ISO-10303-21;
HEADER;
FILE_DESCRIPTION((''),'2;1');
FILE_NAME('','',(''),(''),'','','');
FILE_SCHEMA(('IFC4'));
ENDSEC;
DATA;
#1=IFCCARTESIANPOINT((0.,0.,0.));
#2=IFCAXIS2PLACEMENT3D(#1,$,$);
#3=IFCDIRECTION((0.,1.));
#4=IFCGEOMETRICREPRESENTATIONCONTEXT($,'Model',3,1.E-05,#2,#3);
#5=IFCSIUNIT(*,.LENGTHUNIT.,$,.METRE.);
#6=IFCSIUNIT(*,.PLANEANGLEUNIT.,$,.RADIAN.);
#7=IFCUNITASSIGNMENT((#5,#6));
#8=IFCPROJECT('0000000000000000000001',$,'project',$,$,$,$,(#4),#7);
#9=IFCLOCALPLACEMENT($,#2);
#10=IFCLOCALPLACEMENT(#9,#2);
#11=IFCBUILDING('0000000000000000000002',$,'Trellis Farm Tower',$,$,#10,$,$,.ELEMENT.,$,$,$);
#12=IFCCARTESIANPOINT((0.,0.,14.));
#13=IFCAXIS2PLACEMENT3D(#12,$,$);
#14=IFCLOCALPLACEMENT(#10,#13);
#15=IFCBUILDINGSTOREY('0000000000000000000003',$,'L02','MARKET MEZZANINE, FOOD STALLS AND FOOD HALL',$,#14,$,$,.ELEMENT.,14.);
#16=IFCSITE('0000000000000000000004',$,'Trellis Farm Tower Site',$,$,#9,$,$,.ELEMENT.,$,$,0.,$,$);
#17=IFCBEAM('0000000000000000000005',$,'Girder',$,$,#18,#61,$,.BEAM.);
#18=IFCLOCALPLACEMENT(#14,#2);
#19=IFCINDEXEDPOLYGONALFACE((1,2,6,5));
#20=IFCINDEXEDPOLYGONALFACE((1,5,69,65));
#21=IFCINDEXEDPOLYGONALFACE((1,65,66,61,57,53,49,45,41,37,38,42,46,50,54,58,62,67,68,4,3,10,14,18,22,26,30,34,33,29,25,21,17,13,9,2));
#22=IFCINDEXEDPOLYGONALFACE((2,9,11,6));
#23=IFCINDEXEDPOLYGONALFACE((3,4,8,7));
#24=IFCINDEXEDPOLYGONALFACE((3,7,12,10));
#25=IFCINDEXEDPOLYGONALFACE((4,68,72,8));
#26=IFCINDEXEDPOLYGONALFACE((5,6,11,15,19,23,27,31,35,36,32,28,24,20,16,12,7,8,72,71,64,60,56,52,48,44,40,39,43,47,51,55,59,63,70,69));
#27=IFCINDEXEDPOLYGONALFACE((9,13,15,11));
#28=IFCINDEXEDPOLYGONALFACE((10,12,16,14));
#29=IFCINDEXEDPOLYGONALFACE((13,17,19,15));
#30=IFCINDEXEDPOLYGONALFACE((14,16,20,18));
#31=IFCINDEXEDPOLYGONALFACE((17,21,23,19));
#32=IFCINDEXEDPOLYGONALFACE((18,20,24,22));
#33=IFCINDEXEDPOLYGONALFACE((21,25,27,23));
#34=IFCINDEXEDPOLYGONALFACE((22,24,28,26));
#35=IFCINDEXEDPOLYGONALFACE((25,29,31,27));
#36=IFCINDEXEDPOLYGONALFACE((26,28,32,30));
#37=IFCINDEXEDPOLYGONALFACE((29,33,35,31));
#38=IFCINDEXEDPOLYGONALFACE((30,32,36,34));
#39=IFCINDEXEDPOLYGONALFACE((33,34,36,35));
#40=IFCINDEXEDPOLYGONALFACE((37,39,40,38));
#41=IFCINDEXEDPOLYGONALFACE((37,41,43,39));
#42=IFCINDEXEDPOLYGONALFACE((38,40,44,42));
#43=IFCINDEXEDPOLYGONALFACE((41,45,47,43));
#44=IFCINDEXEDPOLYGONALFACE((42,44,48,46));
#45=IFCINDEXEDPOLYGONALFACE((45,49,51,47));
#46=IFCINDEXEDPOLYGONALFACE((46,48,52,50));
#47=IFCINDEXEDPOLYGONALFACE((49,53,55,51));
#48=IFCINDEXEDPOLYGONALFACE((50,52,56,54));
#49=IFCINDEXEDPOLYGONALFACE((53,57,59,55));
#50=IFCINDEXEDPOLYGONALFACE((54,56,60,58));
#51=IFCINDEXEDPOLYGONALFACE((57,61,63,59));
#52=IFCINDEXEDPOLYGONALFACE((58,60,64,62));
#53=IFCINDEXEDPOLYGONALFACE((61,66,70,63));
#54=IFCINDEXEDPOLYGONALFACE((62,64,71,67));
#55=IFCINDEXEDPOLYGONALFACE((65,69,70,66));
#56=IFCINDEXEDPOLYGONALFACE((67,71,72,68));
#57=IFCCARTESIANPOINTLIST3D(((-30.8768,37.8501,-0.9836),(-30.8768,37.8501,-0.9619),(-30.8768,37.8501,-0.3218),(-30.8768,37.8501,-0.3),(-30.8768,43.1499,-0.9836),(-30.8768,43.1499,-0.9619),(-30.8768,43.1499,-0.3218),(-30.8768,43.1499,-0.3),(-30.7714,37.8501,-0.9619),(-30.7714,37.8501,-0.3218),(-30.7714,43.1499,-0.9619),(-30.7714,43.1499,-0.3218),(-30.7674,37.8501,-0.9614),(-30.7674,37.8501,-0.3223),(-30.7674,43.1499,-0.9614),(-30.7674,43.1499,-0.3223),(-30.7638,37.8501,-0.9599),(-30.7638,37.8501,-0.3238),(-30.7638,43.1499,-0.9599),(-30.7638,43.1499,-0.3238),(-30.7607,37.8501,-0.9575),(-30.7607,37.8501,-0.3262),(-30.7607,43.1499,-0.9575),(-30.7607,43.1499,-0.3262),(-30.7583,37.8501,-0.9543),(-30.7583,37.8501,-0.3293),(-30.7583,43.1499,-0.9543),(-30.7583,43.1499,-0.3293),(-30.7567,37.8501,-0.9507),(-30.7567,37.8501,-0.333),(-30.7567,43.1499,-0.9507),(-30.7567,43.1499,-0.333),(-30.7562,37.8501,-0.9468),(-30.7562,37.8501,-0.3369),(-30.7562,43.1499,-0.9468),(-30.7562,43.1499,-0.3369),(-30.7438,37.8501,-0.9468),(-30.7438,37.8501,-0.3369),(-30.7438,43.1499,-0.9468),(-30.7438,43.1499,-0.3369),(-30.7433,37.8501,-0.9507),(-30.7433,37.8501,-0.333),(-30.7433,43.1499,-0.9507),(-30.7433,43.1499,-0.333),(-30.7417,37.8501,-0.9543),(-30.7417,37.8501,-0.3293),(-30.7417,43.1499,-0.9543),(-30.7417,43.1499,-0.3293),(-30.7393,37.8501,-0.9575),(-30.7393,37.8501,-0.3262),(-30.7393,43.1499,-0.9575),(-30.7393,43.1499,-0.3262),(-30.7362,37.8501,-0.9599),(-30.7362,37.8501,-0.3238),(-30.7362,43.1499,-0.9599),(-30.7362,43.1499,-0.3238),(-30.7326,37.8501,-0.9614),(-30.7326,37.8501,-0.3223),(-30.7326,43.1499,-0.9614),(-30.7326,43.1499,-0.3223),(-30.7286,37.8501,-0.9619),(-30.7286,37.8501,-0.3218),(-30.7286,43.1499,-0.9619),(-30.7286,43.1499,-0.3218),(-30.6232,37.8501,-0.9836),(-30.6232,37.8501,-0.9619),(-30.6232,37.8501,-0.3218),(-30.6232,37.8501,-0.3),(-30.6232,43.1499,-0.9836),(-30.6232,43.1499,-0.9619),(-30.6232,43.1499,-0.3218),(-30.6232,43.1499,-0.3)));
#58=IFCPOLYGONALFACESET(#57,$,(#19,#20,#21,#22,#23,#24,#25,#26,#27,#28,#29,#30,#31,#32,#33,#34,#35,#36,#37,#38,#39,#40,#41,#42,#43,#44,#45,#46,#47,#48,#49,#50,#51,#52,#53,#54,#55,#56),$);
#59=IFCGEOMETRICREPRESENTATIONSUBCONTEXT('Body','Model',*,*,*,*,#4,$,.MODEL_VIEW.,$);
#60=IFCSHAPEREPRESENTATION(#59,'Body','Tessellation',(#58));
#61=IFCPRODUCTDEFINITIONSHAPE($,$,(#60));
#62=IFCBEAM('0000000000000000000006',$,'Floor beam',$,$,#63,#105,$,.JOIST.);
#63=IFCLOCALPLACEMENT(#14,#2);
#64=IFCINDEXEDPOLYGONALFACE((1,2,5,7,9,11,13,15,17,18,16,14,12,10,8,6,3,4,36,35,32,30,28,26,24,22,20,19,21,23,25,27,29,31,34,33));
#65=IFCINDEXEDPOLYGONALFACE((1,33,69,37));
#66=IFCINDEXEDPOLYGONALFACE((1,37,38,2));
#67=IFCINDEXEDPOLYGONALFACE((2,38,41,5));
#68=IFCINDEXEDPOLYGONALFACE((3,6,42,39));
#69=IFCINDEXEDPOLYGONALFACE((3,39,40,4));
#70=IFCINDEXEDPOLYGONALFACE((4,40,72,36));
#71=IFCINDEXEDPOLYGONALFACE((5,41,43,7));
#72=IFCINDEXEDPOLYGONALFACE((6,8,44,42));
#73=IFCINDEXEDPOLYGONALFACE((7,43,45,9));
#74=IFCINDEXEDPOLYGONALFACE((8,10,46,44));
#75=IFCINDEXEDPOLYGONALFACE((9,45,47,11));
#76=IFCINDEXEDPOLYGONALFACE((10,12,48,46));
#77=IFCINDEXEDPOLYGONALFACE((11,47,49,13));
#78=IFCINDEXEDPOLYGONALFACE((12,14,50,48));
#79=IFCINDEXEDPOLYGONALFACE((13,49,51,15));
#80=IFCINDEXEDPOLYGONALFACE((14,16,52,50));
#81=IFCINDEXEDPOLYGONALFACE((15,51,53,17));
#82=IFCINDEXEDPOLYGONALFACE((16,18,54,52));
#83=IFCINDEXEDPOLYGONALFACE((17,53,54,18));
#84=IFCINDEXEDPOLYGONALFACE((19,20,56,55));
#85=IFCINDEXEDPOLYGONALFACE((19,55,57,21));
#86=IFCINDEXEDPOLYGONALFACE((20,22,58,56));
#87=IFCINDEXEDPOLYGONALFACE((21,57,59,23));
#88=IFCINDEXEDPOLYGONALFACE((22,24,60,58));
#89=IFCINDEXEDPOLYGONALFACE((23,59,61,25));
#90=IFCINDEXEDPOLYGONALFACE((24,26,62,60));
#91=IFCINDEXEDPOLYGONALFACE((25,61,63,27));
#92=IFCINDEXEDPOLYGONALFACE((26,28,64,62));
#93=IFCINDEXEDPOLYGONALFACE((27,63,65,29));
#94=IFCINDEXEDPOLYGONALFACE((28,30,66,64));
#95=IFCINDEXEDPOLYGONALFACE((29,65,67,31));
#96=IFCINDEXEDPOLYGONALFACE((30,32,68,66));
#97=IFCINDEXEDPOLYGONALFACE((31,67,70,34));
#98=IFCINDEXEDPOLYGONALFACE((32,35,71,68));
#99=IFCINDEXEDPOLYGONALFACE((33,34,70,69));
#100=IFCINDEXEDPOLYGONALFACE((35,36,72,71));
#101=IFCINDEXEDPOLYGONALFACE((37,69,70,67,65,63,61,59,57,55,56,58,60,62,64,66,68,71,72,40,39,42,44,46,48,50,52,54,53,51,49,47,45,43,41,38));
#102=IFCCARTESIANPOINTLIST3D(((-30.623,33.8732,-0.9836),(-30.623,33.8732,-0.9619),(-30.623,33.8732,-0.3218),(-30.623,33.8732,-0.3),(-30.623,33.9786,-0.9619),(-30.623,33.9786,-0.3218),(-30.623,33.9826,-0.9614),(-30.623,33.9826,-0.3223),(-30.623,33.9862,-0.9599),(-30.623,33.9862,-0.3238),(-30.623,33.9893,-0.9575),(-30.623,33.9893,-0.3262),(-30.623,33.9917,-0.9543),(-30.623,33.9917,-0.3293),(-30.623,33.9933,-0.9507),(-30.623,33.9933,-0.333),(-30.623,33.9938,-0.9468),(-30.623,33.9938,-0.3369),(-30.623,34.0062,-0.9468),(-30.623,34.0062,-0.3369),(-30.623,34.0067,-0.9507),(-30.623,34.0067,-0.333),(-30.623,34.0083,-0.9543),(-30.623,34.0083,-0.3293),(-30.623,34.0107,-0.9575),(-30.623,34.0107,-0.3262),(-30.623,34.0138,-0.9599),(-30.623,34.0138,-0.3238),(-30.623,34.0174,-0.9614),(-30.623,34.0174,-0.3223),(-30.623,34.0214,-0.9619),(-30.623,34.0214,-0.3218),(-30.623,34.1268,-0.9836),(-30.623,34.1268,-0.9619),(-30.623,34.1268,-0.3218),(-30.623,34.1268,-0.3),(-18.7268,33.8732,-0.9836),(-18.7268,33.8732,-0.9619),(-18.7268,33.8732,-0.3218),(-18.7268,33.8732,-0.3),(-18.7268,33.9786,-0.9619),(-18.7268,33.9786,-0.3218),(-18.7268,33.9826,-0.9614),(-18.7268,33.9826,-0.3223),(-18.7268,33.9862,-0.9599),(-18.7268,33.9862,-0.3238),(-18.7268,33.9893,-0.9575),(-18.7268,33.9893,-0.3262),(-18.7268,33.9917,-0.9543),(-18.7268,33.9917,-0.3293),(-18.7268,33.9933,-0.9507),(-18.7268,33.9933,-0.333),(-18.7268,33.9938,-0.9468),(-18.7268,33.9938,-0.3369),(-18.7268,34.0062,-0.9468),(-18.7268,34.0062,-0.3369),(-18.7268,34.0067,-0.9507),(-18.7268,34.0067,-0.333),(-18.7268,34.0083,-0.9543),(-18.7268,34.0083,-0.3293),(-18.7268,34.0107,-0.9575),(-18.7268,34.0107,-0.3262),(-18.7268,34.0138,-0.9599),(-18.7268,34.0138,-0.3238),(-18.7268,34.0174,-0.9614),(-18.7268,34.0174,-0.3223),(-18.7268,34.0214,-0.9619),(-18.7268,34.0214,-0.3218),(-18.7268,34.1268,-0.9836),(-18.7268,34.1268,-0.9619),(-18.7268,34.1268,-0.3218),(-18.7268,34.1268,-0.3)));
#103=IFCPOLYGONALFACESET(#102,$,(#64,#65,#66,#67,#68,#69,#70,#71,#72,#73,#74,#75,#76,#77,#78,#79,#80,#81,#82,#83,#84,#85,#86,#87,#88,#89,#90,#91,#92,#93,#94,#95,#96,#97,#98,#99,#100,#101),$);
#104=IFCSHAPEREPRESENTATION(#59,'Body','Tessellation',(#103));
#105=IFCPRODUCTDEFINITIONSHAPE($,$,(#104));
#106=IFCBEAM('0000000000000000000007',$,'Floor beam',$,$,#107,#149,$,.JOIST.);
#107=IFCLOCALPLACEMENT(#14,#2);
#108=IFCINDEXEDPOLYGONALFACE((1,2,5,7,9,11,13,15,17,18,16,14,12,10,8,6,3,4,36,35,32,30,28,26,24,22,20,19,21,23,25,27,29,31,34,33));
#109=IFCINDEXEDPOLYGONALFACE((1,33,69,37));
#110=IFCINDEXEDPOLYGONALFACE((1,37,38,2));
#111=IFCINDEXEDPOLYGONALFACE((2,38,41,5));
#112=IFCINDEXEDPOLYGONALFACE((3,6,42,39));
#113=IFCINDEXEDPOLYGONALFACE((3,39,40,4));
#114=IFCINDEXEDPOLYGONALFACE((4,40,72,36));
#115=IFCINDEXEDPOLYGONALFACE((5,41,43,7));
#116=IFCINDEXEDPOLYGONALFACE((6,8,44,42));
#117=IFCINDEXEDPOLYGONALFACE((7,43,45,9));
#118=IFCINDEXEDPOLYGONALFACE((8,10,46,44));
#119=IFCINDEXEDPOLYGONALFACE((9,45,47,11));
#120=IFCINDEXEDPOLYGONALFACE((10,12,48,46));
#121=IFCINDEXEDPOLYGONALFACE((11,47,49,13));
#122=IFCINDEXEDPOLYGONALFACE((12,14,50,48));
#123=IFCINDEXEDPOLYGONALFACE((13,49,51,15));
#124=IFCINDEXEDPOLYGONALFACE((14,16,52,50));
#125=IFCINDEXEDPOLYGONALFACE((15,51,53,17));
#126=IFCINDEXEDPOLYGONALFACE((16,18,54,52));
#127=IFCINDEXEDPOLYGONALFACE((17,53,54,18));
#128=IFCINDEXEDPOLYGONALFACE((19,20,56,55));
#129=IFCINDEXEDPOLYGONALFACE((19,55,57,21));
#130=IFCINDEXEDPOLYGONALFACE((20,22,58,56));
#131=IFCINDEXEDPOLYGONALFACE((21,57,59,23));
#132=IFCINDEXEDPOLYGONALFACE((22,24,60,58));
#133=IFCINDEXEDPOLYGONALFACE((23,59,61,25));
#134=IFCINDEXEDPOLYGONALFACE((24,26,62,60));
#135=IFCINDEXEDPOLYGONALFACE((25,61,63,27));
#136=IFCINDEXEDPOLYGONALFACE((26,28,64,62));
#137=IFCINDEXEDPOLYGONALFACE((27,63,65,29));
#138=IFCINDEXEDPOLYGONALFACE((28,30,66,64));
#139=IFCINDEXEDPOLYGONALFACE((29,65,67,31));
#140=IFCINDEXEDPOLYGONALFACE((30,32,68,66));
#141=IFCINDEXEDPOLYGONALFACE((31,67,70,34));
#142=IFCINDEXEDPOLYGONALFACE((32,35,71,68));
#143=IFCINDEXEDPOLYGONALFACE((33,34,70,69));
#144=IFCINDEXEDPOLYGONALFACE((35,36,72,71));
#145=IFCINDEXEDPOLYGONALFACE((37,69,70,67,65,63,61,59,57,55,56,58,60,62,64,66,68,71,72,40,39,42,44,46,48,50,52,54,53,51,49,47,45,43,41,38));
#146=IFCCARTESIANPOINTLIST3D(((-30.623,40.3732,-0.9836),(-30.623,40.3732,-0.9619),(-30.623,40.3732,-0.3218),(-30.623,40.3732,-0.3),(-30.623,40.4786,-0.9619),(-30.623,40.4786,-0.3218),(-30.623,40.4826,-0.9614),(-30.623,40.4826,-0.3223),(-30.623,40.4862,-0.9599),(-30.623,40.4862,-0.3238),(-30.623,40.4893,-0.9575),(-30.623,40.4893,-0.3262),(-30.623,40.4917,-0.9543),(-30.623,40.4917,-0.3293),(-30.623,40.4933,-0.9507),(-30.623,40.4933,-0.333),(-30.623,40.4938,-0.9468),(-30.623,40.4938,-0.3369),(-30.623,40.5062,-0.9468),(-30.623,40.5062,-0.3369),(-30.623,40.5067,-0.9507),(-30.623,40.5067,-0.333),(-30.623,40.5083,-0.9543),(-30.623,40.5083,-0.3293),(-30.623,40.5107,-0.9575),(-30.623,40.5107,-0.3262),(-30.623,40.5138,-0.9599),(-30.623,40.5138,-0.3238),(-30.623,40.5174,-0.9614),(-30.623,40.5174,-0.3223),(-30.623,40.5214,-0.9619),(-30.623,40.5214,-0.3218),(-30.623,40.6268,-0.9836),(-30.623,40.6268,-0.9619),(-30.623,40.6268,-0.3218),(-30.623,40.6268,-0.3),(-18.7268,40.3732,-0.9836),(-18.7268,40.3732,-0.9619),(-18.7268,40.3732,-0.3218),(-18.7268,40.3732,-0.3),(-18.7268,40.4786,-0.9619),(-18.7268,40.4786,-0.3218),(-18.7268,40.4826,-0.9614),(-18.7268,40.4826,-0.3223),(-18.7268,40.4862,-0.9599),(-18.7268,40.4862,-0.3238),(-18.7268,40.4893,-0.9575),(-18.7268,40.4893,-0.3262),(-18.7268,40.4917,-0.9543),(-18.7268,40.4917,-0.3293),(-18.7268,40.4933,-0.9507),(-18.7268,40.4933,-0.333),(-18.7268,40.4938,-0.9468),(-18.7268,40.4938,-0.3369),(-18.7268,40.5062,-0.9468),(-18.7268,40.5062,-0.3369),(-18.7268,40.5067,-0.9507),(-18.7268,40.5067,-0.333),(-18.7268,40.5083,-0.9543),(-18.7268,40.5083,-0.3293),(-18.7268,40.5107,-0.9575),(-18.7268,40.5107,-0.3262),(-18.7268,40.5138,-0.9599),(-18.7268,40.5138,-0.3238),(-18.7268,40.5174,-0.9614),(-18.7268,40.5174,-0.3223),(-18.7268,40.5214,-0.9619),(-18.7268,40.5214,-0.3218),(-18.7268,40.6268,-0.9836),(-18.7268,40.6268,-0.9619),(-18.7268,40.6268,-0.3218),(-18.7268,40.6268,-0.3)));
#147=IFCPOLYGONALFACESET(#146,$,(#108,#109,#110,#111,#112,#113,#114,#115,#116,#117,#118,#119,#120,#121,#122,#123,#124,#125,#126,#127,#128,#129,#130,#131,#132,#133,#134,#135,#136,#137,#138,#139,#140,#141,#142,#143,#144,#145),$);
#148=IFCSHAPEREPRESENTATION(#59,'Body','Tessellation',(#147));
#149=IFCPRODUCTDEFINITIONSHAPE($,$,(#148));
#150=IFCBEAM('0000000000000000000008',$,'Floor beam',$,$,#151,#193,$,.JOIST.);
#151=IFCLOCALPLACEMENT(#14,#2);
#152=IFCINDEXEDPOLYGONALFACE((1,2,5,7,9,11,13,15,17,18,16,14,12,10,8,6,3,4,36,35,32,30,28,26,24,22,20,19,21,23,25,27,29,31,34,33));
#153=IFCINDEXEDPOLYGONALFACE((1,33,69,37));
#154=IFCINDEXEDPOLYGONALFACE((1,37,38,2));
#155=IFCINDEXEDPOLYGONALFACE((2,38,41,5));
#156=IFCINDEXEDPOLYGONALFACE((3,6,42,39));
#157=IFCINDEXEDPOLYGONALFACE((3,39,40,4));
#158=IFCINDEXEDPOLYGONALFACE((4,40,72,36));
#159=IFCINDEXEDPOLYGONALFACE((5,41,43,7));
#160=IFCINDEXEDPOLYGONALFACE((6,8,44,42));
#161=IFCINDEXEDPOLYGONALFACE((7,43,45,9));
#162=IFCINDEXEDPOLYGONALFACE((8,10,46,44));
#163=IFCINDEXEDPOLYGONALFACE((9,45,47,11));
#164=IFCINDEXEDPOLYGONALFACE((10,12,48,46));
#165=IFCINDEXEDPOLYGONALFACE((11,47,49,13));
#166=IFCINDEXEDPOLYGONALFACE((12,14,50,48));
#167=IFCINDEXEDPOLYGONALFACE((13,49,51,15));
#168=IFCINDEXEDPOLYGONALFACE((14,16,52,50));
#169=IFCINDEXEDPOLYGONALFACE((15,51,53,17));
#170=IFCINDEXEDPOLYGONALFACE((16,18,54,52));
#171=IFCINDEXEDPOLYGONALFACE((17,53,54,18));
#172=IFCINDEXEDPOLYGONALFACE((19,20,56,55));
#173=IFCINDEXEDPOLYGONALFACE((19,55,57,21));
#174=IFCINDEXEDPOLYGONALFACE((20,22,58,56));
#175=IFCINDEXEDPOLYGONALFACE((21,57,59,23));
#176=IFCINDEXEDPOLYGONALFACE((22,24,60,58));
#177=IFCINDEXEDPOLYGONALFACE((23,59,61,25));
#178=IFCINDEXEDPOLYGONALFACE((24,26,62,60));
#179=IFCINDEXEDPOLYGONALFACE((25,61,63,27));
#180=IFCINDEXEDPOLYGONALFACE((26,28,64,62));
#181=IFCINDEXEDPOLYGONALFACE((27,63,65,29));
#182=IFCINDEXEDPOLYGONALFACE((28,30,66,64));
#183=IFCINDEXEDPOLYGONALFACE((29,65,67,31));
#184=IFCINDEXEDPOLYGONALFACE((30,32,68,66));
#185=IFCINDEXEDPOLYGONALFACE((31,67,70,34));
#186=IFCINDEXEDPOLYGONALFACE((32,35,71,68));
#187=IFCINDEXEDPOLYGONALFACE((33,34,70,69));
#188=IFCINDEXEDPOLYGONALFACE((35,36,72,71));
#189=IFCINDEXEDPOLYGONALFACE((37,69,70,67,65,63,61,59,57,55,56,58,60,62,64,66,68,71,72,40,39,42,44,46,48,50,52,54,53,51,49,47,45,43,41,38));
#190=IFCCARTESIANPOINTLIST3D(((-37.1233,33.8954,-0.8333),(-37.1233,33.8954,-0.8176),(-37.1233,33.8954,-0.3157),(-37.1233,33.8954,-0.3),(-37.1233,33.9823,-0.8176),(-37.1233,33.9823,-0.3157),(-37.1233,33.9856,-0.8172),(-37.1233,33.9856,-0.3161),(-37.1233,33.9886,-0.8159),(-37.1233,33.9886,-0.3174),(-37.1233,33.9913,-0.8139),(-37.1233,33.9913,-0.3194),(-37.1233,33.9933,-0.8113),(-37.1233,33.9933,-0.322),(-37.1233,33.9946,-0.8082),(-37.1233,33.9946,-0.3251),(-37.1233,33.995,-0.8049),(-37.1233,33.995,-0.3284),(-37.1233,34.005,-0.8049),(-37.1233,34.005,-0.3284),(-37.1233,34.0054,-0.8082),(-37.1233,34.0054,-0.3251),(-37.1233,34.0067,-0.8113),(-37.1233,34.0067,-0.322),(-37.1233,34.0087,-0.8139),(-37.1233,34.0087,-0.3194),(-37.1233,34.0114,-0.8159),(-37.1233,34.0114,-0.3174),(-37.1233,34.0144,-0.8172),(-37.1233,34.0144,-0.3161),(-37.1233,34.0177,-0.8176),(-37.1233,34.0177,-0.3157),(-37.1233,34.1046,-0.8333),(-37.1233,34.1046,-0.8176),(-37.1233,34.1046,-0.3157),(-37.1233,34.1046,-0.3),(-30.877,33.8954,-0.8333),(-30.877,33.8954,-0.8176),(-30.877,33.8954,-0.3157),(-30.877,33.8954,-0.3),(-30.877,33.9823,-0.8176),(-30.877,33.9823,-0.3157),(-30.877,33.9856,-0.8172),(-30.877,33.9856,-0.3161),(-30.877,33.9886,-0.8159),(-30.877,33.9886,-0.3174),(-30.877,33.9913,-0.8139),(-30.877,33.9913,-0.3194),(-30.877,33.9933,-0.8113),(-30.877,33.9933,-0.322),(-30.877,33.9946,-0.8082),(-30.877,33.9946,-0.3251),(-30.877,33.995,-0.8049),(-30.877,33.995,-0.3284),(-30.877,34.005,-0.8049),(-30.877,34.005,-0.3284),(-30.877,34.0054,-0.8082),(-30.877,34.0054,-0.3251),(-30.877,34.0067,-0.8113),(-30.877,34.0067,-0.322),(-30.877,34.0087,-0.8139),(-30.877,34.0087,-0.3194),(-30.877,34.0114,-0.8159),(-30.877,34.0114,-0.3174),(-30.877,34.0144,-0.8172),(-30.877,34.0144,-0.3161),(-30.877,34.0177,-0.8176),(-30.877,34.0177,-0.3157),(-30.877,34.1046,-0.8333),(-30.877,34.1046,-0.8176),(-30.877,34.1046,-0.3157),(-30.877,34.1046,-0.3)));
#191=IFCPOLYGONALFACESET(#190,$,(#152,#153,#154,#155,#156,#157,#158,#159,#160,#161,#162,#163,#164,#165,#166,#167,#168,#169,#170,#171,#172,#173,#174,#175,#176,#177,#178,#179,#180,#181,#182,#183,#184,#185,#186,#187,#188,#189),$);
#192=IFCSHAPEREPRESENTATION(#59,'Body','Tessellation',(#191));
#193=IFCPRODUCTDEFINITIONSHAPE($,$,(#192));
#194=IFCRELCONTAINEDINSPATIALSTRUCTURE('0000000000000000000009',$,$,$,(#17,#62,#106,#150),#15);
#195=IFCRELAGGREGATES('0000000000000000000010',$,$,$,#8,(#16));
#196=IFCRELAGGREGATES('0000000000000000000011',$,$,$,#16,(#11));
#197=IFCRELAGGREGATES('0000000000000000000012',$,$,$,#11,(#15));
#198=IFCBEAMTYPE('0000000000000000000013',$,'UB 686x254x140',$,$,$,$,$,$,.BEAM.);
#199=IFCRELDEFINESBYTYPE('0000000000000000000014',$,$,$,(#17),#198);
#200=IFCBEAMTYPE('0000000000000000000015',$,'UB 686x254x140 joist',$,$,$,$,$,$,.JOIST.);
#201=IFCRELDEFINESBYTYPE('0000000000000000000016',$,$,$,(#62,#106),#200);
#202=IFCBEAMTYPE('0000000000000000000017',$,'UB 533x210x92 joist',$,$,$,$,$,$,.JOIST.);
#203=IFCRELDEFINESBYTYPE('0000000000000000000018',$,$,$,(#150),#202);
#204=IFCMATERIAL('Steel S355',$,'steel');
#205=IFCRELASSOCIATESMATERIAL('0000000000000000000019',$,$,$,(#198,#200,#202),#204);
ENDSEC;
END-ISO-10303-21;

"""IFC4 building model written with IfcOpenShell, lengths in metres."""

from ifc_helpers import new_model, si_unit, direction, frame, origin, origin_2d, place, context, subcontext, project, spatial, i_section, extrude, source, transform, mapped, material, material_profile, profile_set, type_object, element, save


model = new_model("IFC4")

# Units and contexts
model_context = context("Model", 3, precision=1e-05, world=origin(), true_north=direction((0.0, 1.0)))
body_context = subcontext(model_context, "Body", "Model", "MODEL_VIEW")
ifc_project = project(units=[si_unit("LENGTHUNIT", "METRE"), si_unit("PLANEANGLEUNIT", "RADIAN")], contexts=[model_context])

# Site, building, storey
site_placement = place(None, origin())
site = spatial("IfcSite", under=ifc_project, at=site_placement, Name="Trellis Farm Tower Site", CompositionType="ELEMENT", RefElevation=0.0)
building_placement = place(site_placement, origin())
building = spatial("IfcBuilding", under=site, at=building_placement, Name="Trellis Farm Tower", CompositionType="ELEMENT")
storey_placement = place(building_placement, frame((0.0, 0.0, 14.0)))
storey = spatial("IfcBuildingStorey", under=building, at=storey_placement, Name="L02", Description="MARKET MEZZANINE, FOOD STALLS AND FOOD HALL", CompositionType="ELEMENT", Elevation=14.0)

# Beams
ifc_material_1 = material(Name="Steel S355", Category="steel")
ifc_material_profile_1 = material_profile(ifc_material_1, i_section(OverallWidth=0.2537, OverallDepth=0.6836, WebThickness=0.0125, FlangeThickness=0.0217, FilletRadius=0.0151, at=origin_2d()), Name="UB 686x254x140")
ifc_profile_set_1 = profile_set([ifc_material_profile_1], Name="Steel S355")
beam_type_1 = type_object("IfcBeamType", Name="UB 686x254x140", PredefinedType="BEAM", material=ifc_profile_set_1)
shared_shape_1 = source(origin(), body_context, "Body", "SweptSolid", [
    extrude(i_section(OverallWidth=0.2537, OverallDepth=0.6836, WebThickness=0.0125, FlangeThickness=0.0217, FilletRadius=0.0151, at=origin_2d()), origin(), (0.0, 0.0, 1.0), 5.2998),
])
for number, where, z_axis, x_axis, name in (
    (1, (-30.75, 37.8501, -0.6418), (0.0, 1.0, 0.0), (-1.0, 0.0, 0.0), "Girder"),
):
    element("IfcBeam", number, at=place(storey_placement, frame(where, z_axis=z_axis, x_axis=x_axis)), inside=storey, type_object=beam_type_1, Name=name, PredefinedType="BEAM", context=body_context, shape_type="MappedRepresentation", body=[
        mapped(shared_shape_1, transform((0.0, 0.0, 0.0))),
    ])
ifc_material_profile_2 = material_profile(ifc_material_1, i_section(OverallWidth=0.2537, OverallDepth=0.6836, WebThickness=0.0125, FlangeThickness=0.0217, FilletRadius=0.0151, at=origin_2d()), Name="UB 686x254x140")
ifc_profile_set_2 = profile_set([ifc_material_profile_2], Name="Steel S355")
beam_type_2 = type_object("IfcBeamType", Name="UB 686x254x140 joist", PredefinedType="JOIST", material=ifc_profile_set_2)
shared_shape_2 = source(origin(), body_context, "Body", "SweptSolid", [
    extrude(i_section(OverallWidth=0.2537, OverallDepth=0.6836, WebThickness=0.0125, FlangeThickness=0.0217, FilletRadius=0.0151, at=origin_2d()), origin(), (0.0, 0.0, 1.0), 11.8962),
])
for number, where, z_axis, x_axis, name in (
    (2, (-30.623, 34.0, -0.6418), (1.0, 0.0, 0.0), (0.0, 1.0, 0.0), "Floor beam"),
    (3, (-30.623, 40.5, -0.6418), (1.0, 0.0, 0.0), (0.0, 1.0, 0.0), "Floor beam"),
):
    element("IfcBeam", number, at=place(storey_placement, frame(where, z_axis=z_axis, x_axis=x_axis)), inside=storey, type_object=beam_type_2, Name=name, PredefinedType="JOIST", context=body_context, shape_type="MappedRepresentation", body=[
        mapped(shared_shape_2, transform((0.0, 0.0, 0.0))),
    ])
ifc_material_profile_3 = material_profile(ifc_material_1, i_section(OverallWidth=0.2092, OverallDepth=0.5332, WebThickness=0.01, FlangeThickness=0.0156, FilletRadius=0.0127, at=origin_2d()), Name="UB 533x210x92")
ifc_profile_set_3 = profile_set([ifc_material_profile_3], Name="Steel S355")
beam_type_3 = type_object("IfcBeamType", Name="UB 533x210x92 joist", PredefinedType="JOIST", material=ifc_profile_set_3)
shared_shape_3 = source(origin(), body_context, "Body", "SweptSolid", [
    extrude(i_section(OverallWidth=0.2092, OverallDepth=0.5332, WebThickness=0.01, FlangeThickness=0.0156, FilletRadius=0.0127, at=origin_2d()), origin(), (0.0, 0.0, 1.0), 6.2463),
])
for number, where, z_axis, x_axis, name in (
    (4, (-37.1233, 34.0, -0.5667), (1.0, 0.0, 0.0), (0.0, 1.0, 0.0), "Floor beam"),
):
    element("IfcBeam", number, at=place(storey_placement, frame(where, z_axis=z_axis, x_axis=x_axis)), inside=storey, type_object=beam_type_3, Name=name, PredefinedType="JOIST", context=body_context, shape_type="MappedRepresentation", body=[
        mapped(shared_shape_3, transform((0.0, 0.0, 0.0))),
    ])

save(model, "model.ifc")
